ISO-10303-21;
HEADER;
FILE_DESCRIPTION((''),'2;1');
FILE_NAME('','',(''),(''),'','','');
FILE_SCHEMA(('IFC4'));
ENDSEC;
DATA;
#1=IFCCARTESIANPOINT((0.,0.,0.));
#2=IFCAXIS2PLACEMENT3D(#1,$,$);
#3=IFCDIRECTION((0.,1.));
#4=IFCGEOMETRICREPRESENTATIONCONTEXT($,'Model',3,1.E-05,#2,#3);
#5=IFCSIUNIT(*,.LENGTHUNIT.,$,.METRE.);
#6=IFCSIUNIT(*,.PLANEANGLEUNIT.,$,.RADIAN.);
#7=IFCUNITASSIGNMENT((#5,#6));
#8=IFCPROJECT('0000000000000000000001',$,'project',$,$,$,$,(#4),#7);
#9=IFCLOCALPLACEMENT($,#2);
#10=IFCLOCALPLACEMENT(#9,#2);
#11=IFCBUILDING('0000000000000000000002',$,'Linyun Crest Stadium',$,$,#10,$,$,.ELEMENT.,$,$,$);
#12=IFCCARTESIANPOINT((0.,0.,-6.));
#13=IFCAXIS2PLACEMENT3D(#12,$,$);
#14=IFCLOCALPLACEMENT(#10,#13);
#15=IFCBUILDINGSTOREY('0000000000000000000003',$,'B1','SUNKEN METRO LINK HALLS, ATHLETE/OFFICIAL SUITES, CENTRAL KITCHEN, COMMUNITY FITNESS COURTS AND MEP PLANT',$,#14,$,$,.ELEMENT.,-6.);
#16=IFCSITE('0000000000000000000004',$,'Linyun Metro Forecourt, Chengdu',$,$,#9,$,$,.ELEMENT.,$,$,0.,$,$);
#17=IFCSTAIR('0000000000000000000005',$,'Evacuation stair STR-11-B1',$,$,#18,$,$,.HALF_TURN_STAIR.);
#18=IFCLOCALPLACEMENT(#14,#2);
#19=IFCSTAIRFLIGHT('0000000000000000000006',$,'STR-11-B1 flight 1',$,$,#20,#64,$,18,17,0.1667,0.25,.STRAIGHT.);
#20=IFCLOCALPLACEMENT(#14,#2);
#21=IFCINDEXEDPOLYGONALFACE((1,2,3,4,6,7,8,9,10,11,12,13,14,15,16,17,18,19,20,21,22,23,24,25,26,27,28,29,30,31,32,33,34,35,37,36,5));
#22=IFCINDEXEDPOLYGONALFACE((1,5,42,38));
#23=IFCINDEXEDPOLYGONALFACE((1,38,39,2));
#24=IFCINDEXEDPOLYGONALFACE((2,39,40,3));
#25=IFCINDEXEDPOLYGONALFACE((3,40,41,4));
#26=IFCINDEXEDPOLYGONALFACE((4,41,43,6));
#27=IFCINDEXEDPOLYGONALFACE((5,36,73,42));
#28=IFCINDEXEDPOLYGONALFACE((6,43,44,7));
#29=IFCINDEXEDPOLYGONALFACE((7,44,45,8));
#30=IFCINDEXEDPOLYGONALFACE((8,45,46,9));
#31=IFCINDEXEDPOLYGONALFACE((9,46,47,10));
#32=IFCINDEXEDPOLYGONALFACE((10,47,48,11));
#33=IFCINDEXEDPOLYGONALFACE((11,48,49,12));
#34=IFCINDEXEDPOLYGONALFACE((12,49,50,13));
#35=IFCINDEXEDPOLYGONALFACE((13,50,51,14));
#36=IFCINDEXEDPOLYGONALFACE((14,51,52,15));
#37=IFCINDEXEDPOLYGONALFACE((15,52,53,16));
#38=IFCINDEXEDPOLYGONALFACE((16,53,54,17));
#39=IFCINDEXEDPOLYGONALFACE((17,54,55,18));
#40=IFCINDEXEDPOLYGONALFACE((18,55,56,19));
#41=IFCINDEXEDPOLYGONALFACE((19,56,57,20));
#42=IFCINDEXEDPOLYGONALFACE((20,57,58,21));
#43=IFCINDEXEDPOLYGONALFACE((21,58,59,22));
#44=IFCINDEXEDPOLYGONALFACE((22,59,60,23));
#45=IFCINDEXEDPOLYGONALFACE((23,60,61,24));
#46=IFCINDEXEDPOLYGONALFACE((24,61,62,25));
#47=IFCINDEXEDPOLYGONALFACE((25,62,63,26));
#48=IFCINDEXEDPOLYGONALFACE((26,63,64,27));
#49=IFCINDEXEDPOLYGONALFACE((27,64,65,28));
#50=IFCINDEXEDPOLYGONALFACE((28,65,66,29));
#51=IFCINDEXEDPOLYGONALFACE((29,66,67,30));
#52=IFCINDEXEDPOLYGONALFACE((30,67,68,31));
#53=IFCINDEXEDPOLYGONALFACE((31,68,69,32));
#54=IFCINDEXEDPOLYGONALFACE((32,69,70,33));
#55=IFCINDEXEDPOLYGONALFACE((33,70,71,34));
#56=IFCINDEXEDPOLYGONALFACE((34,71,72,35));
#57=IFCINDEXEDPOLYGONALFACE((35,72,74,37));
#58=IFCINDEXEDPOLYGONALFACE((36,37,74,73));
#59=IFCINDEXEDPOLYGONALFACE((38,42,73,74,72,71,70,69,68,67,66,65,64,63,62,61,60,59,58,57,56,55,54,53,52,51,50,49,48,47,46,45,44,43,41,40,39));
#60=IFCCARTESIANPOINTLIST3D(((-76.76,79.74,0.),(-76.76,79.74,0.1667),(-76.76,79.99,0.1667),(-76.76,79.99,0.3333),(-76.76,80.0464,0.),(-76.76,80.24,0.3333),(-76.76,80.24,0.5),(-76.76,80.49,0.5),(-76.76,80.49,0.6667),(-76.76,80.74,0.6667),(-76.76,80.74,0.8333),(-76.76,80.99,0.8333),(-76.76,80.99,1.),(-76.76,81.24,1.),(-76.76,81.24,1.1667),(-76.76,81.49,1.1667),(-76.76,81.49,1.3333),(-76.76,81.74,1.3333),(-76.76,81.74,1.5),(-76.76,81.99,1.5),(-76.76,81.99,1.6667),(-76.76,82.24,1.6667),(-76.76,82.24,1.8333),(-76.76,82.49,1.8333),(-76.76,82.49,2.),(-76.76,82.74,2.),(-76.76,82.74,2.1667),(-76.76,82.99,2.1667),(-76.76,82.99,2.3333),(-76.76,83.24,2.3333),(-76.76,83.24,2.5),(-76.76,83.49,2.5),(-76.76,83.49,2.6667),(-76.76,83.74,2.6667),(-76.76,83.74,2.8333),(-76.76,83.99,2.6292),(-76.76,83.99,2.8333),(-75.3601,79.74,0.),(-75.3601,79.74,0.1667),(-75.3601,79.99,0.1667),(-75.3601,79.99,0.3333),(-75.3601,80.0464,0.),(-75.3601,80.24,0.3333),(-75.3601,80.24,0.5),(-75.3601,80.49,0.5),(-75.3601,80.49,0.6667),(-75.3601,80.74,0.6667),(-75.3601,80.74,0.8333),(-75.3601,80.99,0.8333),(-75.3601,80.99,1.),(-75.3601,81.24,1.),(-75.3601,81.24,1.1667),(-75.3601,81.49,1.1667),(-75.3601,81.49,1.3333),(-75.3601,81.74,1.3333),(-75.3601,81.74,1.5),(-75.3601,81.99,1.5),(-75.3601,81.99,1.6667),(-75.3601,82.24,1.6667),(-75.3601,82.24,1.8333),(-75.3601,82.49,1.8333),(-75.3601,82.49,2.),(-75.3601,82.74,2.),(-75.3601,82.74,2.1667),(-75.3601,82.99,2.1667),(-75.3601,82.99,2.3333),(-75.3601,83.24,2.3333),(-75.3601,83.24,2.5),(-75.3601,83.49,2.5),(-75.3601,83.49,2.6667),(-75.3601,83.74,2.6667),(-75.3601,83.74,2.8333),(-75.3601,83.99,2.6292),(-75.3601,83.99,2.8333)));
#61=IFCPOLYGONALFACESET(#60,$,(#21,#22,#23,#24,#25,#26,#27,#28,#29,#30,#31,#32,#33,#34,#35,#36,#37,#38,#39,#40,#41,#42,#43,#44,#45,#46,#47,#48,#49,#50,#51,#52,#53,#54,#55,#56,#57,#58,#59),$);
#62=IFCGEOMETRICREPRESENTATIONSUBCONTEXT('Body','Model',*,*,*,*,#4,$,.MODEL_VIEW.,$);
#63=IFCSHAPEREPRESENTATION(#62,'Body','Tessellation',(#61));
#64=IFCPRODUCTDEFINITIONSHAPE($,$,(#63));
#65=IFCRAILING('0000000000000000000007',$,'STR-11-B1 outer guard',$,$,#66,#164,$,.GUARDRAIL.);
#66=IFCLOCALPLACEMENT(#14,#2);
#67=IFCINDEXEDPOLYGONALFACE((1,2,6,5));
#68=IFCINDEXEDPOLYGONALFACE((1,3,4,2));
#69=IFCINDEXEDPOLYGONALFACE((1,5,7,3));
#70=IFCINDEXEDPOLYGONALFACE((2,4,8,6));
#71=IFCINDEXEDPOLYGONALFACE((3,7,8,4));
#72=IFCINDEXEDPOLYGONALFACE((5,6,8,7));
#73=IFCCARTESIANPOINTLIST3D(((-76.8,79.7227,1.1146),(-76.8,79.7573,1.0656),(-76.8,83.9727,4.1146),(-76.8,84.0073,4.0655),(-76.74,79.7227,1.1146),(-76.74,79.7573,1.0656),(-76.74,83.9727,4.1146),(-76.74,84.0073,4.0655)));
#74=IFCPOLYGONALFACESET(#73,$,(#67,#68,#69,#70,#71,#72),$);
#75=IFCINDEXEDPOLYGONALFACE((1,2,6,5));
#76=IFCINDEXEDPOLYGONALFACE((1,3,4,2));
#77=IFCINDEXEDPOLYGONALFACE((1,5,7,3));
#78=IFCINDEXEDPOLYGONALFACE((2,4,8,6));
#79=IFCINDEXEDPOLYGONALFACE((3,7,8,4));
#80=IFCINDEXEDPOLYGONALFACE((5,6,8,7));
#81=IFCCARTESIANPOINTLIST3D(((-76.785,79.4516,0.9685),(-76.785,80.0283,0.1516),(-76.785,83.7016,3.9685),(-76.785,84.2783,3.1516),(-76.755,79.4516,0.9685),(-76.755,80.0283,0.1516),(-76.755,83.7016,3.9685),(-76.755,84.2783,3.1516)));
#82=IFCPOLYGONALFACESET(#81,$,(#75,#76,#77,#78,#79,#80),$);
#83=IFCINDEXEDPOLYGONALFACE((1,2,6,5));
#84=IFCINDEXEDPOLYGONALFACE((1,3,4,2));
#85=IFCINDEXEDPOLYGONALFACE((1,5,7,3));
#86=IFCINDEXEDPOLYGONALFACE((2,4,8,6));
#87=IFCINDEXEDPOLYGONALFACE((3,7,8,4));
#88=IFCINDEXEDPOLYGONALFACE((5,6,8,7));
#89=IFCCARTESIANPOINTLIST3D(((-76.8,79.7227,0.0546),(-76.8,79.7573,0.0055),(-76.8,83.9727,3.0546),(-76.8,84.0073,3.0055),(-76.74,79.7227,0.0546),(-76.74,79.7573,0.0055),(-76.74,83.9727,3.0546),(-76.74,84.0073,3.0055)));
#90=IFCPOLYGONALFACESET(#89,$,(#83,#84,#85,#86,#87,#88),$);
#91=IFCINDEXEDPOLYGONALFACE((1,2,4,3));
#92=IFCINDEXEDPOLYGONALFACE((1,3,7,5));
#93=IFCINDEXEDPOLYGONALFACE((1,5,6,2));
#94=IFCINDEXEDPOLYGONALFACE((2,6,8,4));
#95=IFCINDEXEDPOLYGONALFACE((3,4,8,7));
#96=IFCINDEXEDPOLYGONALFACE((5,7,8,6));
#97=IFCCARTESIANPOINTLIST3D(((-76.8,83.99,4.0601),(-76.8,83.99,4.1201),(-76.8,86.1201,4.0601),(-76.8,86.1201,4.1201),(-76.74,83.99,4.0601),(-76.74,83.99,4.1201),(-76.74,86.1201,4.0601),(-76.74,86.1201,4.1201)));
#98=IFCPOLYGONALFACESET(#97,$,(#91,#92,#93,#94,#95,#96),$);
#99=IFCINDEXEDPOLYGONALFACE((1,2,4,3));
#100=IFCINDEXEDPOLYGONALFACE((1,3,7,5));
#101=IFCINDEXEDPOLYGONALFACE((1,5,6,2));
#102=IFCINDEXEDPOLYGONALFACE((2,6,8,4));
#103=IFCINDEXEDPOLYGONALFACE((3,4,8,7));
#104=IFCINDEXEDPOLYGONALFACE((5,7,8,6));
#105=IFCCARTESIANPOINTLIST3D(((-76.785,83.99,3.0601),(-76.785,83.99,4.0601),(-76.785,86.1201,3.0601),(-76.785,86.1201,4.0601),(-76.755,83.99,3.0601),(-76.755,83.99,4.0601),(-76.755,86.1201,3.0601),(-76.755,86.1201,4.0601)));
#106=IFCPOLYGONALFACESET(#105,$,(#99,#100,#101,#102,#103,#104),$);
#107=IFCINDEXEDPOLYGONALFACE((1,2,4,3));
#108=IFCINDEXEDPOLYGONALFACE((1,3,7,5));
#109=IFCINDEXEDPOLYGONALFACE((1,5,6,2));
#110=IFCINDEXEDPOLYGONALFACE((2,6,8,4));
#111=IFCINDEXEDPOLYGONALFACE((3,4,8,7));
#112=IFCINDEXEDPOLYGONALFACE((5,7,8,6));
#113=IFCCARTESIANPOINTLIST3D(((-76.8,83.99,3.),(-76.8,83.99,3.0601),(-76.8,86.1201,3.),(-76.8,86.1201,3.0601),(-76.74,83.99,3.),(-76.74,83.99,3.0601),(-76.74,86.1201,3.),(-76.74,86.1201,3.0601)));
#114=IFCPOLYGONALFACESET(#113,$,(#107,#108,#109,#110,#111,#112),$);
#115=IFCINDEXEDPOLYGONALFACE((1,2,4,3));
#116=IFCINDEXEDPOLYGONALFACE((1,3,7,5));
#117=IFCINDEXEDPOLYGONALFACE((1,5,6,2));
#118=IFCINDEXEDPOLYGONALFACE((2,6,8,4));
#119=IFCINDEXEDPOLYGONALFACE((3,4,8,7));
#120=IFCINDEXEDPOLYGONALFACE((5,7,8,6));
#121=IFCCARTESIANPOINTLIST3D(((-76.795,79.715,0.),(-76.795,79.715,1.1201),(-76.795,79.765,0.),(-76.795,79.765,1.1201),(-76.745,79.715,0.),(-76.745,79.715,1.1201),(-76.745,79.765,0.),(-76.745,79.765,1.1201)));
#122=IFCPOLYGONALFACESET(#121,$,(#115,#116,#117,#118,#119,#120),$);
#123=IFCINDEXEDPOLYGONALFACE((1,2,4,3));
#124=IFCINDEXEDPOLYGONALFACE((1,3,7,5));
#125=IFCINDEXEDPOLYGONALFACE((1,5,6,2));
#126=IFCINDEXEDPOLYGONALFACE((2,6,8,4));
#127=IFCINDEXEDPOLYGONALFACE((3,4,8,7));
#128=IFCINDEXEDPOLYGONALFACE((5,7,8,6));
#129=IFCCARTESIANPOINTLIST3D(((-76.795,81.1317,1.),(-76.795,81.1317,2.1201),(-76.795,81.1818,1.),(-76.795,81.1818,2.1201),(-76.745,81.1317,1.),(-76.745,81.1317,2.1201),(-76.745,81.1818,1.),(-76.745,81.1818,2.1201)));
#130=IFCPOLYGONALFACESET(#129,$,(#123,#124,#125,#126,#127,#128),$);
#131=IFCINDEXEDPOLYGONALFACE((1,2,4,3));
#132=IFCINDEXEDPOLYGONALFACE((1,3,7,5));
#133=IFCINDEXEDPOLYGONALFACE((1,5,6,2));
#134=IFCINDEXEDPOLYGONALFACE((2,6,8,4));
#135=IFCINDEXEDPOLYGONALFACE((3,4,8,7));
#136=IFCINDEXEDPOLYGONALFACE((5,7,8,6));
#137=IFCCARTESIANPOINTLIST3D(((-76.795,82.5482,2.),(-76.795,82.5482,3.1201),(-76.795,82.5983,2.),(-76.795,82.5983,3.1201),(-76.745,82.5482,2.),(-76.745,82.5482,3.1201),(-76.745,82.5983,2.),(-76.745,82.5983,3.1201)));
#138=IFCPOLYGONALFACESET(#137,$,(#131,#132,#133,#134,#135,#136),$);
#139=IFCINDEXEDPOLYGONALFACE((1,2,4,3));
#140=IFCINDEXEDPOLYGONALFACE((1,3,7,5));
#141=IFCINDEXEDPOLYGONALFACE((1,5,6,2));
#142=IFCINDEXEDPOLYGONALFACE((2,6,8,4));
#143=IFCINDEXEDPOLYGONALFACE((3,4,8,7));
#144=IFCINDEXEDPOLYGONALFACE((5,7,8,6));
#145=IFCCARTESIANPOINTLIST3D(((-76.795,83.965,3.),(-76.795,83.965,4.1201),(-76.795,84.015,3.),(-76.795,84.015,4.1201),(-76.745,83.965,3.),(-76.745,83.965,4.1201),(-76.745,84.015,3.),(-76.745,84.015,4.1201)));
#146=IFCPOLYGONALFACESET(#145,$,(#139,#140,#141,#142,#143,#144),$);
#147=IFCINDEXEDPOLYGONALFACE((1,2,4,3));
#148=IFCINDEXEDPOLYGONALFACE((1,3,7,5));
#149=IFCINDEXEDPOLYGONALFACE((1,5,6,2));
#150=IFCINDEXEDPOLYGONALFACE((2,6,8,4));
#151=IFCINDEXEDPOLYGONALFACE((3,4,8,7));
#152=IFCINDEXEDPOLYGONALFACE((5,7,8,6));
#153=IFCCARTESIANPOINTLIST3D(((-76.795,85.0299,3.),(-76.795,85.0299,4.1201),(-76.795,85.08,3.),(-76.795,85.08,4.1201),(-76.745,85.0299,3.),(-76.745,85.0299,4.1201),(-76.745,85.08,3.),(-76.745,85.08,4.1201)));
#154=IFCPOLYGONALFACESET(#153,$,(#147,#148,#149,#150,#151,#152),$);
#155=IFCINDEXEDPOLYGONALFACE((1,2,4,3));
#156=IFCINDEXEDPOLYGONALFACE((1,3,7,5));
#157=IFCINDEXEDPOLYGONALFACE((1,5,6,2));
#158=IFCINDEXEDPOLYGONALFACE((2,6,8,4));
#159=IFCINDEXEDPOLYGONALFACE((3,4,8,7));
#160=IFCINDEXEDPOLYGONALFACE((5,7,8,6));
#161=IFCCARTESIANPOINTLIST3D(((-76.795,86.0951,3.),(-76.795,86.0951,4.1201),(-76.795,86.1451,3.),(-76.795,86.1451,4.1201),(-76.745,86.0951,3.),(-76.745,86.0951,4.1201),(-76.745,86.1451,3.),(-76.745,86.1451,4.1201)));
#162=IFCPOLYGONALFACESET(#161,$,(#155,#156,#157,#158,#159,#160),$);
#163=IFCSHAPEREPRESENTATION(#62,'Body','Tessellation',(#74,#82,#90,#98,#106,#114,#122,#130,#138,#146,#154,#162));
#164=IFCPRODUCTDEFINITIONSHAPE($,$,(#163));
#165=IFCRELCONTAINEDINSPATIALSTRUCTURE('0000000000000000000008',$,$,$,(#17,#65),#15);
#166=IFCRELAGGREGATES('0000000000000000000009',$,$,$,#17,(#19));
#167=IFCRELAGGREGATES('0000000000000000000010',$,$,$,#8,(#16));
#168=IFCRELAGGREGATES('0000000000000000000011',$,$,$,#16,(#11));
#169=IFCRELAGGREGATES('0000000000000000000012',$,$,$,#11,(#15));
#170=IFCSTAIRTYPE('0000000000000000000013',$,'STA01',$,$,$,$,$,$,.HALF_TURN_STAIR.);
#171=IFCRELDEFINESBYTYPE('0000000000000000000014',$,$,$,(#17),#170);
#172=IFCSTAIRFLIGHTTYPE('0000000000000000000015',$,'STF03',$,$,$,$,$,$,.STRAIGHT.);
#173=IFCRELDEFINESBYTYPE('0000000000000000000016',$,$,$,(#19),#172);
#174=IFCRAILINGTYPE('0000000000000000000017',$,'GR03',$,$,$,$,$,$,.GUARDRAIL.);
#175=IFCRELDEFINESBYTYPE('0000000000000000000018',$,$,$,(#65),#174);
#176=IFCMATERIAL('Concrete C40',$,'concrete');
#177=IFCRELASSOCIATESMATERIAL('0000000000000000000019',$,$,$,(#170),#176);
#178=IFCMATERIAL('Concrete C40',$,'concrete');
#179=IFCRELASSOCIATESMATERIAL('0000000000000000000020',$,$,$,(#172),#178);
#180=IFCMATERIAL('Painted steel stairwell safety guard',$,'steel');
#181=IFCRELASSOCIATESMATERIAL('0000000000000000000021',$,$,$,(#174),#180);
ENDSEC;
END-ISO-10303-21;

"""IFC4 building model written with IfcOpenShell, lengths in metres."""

from ifc_helpers import new_model, si_unit, direction, frame, origin, origin_2d, place, context, subcontext, project, spatial, polyline, rectangle, outline, extrude, material, type_object, element, aggregate, save


model = new_model("IFC4")

# Units and contexts
model_context = context("Model", 3, precision=1e-05, world=origin(), true_north=direction((0.0, 1.0)))
body_context = subcontext(model_context, "Body", "Model", "MODEL_VIEW")
ifc_project = project(units=[si_unit("LENGTHUNIT", "METRE"), si_unit("PLANEANGLEUNIT", "RADIAN")], contexts=[model_context])

# Site, building, storey
site_placement = place(None, origin())
site = spatial("IfcSite", under=ifc_project, at=site_placement, Name="Linyun Metro Forecourt, Chengdu", CompositionType="ELEMENT", RefElevation=0.0)
building_placement = place(site_placement, origin())
building = spatial("IfcBuilding", under=site, at=building_placement, Name="Linyun Crest Stadium", CompositionType="ELEMENT")
storey_placement = place(building_placement, frame((0.0, 0.0, -6.0)))
storey = spatial("IfcBuildingStorey", under=building, at=storey_placement, Name="B1", Description="SUNKEN METRO LINK HALLS, ATHLETE/OFFICIAL SUITES, CENTRAL KITCHEN, COMMUNITY FITNESS COURTS AND MEP PLANT", CompositionType="ELEMENT", Elevation=-6.0)

# Stair, stair flight
ifc_material_1 = material(Name="Concrete C40", Category="concrete")
stair_type = type_object("IfcStairType", Name="STA01", PredefinedType="HALF_TURN_STAIR", material=ifc_material_1)
stair_placement = place(storey_placement, origin())
stair = element("IfcStair", 1, at=stair_placement, inside=storey, type_object=stair_type, Name="Evacuation stair STR-11-B1", PredefinedType="HALF_TURN_STAIR")
ifc_material_2 = material(Name="Concrete C40", Category="concrete")
stair_flight_type = type_object("IfcStairFlightType", Name="STF03", PredefinedType="STRAIGHT", material=ifc_material_2)
stair_flight_placement = place(storey_placement, frame((-76.0601, 79.74, 0.0), z_axis=(0.0, 0.0, 1.0), x_axis=(0.0, 1.0, 0.0)))
stair_flight = element("IfcStairFlight", 2, at=stair_flight_placement, type_object=stair_flight_type, Name="STR-11-B1 flight 1", NumberOfRisers=18, NumberOfTreads=17, PredefinedType="STRAIGHT", RiserHeight=0.1667, TreadLength=0.25, context=body_context, shape_type="SweptSolid", body=[
    extrude(outline(polyline([(0.0, 0.0), (0.0, 0.1667), (0.25, 0.1667), (0.25, 0.3333), (0.5, 0.3333), (0.5, 0.5), (0.75, 0.5), (0.75, 0.6667), (1.0, 0.6667), (1.0, 0.8333), (1.25, 0.8333), (1.25, 1.0), (1.5, 1.0), (1.5, 1.1667), (1.75, 1.1667), (1.75, 1.3333), (2.0, 1.3333), (2.0, 1.5), (2.25, 1.5), (2.25, 1.6667), (2.5, 1.6667), (2.5, 1.8333), (2.75, 1.8333), (2.75, 2.0), (3.0, 2.0), (3.0, 2.1667), (3.25, 2.1667), (3.25, 2.3333), (3.5, 2.3333), (3.5, 2.5), (3.75, 2.5), (3.75, 2.6667), (4.0, 2.6667), (4.0, 2.8333), (4.25, 2.8333), (4.25, 3.0), (4.25, 2.6292), (0.3064, 0.0), (0.0, 0.0)])), frame((0.0, 0.7, 0.0), z_axis=(0.0, -1.0, 0.0), x_axis=(1.0, 0.0, 0.0)), (0.0, 0.0, 1.0), 1.3999),
])
aggregate(stair, [stair_flight])

# Railing
ifc_material_3 = material(Name="Painted steel stairwell safety guard", Category="steel")
railing_type = type_object("IfcRailingType", Name="GR03", PredefinedType="GUARDRAIL", material=ifc_material_3)
railing_1_placement = place(storey_placement, frame((-76.77, 79.74, 0.0)))
element("IfcRailing", 3, at=railing_1_placement, inside=storey, type_object=railing_type, Name="STR-11-B1 outer guard", PredefinedType="GUARDRAIL", context=body_context, shape_type="SweptSolid", body=[
    extrude(rectangle(XDim=0.0601, YDim=0.0601, at=origin_2d()), frame((0.0, 0.0, 1.0901), z_axis=(0.0, 0.816968, 0.576683), x_axis=(-1.0, 0.0, 0.0)), (0.0, 0.0, 1.0), 5.2021),
    extrude(rectangle(XDim=0.03, YDim=1.0, at=origin_2d()), frame((0.0, 0.0, 0.5601), z_axis=(0.0, 0.816968, 0.576683), x_axis=(-1.0, 0.0, 0.0)), (0.0, 0.0, 1.0), 5.2021),
    extrude(rectangle(XDim=0.0601, YDim=0.0601, at=origin_2d()), frame((0.0, 0.0, 0.03), z_axis=(0.0, 0.816968, 0.576683), x_axis=(-1.0, 0.0, 0.0)), (0.0, 0.0, 1.0), 5.2021),
    extrude(rectangle(XDim=0.0601, YDim=0.0601, at=origin_2d()), frame((0.0, 4.25, 4.0901), z_axis=(0.0, 1.0, 0.0), x_axis=(-1.0, 0.0, 0.0)), (0.0, 0.0, 1.0), 2.1301),
    extrude(rectangle(XDim=0.03, YDim=1.0, at=origin_2d()), frame((0.0, 4.25, 3.5601), z_axis=(0.0, 1.0, 0.0), x_axis=(-1.0, 0.0, 0.0)), (0.0, 0.0, 1.0), 2.1301),
    extrude(rectangle(XDim=0.0601, YDim=0.0601, at=origin_2d()), frame((0.0, 4.25, 3.03), z_axis=(0.0, 1.0, 0.0), x_axis=(-1.0, 0.0, 0.0)), (0.0, 0.0, 1.0), 2.1301),
    extrude(rectangle(XDim=0.05, YDim=0.05, at=origin_2d()), origin(), (0.0, 0.0, 1.0), 1.1201),
    extrude(rectangle(XDim=0.05, YDim=0.05, at=origin_2d()), frame((0.0, 1.4167, 1.0)), (0.0, 0.0, 1.0), 1.1201),
    extrude(rectangle(XDim=0.05, YDim=0.05, at=origin_2d()), frame((0.0, 2.8333, 2.0)), (0.0, 0.0, 1.0), 1.1201),
    extrude(rectangle(XDim=0.05, YDim=0.05, at=origin_2d()), frame((0.0, 4.25, 3.0)), (0.0, 0.0, 1.0), 1.1201),
    extrude(rectangle(XDim=0.05, YDim=0.05, at=origin_2d()), frame((0.0, 5.3149, 3.0)), (0.0, 0.0, 1.0), 1.1201),
    extrude(rectangle(XDim=0.05, YDim=0.05, at=origin_2d()), frame((0.0, 6.3801, 3.0)), (0.0, 0.0, 1.0), 1.1201),
])

save(model, "model.ifc")
